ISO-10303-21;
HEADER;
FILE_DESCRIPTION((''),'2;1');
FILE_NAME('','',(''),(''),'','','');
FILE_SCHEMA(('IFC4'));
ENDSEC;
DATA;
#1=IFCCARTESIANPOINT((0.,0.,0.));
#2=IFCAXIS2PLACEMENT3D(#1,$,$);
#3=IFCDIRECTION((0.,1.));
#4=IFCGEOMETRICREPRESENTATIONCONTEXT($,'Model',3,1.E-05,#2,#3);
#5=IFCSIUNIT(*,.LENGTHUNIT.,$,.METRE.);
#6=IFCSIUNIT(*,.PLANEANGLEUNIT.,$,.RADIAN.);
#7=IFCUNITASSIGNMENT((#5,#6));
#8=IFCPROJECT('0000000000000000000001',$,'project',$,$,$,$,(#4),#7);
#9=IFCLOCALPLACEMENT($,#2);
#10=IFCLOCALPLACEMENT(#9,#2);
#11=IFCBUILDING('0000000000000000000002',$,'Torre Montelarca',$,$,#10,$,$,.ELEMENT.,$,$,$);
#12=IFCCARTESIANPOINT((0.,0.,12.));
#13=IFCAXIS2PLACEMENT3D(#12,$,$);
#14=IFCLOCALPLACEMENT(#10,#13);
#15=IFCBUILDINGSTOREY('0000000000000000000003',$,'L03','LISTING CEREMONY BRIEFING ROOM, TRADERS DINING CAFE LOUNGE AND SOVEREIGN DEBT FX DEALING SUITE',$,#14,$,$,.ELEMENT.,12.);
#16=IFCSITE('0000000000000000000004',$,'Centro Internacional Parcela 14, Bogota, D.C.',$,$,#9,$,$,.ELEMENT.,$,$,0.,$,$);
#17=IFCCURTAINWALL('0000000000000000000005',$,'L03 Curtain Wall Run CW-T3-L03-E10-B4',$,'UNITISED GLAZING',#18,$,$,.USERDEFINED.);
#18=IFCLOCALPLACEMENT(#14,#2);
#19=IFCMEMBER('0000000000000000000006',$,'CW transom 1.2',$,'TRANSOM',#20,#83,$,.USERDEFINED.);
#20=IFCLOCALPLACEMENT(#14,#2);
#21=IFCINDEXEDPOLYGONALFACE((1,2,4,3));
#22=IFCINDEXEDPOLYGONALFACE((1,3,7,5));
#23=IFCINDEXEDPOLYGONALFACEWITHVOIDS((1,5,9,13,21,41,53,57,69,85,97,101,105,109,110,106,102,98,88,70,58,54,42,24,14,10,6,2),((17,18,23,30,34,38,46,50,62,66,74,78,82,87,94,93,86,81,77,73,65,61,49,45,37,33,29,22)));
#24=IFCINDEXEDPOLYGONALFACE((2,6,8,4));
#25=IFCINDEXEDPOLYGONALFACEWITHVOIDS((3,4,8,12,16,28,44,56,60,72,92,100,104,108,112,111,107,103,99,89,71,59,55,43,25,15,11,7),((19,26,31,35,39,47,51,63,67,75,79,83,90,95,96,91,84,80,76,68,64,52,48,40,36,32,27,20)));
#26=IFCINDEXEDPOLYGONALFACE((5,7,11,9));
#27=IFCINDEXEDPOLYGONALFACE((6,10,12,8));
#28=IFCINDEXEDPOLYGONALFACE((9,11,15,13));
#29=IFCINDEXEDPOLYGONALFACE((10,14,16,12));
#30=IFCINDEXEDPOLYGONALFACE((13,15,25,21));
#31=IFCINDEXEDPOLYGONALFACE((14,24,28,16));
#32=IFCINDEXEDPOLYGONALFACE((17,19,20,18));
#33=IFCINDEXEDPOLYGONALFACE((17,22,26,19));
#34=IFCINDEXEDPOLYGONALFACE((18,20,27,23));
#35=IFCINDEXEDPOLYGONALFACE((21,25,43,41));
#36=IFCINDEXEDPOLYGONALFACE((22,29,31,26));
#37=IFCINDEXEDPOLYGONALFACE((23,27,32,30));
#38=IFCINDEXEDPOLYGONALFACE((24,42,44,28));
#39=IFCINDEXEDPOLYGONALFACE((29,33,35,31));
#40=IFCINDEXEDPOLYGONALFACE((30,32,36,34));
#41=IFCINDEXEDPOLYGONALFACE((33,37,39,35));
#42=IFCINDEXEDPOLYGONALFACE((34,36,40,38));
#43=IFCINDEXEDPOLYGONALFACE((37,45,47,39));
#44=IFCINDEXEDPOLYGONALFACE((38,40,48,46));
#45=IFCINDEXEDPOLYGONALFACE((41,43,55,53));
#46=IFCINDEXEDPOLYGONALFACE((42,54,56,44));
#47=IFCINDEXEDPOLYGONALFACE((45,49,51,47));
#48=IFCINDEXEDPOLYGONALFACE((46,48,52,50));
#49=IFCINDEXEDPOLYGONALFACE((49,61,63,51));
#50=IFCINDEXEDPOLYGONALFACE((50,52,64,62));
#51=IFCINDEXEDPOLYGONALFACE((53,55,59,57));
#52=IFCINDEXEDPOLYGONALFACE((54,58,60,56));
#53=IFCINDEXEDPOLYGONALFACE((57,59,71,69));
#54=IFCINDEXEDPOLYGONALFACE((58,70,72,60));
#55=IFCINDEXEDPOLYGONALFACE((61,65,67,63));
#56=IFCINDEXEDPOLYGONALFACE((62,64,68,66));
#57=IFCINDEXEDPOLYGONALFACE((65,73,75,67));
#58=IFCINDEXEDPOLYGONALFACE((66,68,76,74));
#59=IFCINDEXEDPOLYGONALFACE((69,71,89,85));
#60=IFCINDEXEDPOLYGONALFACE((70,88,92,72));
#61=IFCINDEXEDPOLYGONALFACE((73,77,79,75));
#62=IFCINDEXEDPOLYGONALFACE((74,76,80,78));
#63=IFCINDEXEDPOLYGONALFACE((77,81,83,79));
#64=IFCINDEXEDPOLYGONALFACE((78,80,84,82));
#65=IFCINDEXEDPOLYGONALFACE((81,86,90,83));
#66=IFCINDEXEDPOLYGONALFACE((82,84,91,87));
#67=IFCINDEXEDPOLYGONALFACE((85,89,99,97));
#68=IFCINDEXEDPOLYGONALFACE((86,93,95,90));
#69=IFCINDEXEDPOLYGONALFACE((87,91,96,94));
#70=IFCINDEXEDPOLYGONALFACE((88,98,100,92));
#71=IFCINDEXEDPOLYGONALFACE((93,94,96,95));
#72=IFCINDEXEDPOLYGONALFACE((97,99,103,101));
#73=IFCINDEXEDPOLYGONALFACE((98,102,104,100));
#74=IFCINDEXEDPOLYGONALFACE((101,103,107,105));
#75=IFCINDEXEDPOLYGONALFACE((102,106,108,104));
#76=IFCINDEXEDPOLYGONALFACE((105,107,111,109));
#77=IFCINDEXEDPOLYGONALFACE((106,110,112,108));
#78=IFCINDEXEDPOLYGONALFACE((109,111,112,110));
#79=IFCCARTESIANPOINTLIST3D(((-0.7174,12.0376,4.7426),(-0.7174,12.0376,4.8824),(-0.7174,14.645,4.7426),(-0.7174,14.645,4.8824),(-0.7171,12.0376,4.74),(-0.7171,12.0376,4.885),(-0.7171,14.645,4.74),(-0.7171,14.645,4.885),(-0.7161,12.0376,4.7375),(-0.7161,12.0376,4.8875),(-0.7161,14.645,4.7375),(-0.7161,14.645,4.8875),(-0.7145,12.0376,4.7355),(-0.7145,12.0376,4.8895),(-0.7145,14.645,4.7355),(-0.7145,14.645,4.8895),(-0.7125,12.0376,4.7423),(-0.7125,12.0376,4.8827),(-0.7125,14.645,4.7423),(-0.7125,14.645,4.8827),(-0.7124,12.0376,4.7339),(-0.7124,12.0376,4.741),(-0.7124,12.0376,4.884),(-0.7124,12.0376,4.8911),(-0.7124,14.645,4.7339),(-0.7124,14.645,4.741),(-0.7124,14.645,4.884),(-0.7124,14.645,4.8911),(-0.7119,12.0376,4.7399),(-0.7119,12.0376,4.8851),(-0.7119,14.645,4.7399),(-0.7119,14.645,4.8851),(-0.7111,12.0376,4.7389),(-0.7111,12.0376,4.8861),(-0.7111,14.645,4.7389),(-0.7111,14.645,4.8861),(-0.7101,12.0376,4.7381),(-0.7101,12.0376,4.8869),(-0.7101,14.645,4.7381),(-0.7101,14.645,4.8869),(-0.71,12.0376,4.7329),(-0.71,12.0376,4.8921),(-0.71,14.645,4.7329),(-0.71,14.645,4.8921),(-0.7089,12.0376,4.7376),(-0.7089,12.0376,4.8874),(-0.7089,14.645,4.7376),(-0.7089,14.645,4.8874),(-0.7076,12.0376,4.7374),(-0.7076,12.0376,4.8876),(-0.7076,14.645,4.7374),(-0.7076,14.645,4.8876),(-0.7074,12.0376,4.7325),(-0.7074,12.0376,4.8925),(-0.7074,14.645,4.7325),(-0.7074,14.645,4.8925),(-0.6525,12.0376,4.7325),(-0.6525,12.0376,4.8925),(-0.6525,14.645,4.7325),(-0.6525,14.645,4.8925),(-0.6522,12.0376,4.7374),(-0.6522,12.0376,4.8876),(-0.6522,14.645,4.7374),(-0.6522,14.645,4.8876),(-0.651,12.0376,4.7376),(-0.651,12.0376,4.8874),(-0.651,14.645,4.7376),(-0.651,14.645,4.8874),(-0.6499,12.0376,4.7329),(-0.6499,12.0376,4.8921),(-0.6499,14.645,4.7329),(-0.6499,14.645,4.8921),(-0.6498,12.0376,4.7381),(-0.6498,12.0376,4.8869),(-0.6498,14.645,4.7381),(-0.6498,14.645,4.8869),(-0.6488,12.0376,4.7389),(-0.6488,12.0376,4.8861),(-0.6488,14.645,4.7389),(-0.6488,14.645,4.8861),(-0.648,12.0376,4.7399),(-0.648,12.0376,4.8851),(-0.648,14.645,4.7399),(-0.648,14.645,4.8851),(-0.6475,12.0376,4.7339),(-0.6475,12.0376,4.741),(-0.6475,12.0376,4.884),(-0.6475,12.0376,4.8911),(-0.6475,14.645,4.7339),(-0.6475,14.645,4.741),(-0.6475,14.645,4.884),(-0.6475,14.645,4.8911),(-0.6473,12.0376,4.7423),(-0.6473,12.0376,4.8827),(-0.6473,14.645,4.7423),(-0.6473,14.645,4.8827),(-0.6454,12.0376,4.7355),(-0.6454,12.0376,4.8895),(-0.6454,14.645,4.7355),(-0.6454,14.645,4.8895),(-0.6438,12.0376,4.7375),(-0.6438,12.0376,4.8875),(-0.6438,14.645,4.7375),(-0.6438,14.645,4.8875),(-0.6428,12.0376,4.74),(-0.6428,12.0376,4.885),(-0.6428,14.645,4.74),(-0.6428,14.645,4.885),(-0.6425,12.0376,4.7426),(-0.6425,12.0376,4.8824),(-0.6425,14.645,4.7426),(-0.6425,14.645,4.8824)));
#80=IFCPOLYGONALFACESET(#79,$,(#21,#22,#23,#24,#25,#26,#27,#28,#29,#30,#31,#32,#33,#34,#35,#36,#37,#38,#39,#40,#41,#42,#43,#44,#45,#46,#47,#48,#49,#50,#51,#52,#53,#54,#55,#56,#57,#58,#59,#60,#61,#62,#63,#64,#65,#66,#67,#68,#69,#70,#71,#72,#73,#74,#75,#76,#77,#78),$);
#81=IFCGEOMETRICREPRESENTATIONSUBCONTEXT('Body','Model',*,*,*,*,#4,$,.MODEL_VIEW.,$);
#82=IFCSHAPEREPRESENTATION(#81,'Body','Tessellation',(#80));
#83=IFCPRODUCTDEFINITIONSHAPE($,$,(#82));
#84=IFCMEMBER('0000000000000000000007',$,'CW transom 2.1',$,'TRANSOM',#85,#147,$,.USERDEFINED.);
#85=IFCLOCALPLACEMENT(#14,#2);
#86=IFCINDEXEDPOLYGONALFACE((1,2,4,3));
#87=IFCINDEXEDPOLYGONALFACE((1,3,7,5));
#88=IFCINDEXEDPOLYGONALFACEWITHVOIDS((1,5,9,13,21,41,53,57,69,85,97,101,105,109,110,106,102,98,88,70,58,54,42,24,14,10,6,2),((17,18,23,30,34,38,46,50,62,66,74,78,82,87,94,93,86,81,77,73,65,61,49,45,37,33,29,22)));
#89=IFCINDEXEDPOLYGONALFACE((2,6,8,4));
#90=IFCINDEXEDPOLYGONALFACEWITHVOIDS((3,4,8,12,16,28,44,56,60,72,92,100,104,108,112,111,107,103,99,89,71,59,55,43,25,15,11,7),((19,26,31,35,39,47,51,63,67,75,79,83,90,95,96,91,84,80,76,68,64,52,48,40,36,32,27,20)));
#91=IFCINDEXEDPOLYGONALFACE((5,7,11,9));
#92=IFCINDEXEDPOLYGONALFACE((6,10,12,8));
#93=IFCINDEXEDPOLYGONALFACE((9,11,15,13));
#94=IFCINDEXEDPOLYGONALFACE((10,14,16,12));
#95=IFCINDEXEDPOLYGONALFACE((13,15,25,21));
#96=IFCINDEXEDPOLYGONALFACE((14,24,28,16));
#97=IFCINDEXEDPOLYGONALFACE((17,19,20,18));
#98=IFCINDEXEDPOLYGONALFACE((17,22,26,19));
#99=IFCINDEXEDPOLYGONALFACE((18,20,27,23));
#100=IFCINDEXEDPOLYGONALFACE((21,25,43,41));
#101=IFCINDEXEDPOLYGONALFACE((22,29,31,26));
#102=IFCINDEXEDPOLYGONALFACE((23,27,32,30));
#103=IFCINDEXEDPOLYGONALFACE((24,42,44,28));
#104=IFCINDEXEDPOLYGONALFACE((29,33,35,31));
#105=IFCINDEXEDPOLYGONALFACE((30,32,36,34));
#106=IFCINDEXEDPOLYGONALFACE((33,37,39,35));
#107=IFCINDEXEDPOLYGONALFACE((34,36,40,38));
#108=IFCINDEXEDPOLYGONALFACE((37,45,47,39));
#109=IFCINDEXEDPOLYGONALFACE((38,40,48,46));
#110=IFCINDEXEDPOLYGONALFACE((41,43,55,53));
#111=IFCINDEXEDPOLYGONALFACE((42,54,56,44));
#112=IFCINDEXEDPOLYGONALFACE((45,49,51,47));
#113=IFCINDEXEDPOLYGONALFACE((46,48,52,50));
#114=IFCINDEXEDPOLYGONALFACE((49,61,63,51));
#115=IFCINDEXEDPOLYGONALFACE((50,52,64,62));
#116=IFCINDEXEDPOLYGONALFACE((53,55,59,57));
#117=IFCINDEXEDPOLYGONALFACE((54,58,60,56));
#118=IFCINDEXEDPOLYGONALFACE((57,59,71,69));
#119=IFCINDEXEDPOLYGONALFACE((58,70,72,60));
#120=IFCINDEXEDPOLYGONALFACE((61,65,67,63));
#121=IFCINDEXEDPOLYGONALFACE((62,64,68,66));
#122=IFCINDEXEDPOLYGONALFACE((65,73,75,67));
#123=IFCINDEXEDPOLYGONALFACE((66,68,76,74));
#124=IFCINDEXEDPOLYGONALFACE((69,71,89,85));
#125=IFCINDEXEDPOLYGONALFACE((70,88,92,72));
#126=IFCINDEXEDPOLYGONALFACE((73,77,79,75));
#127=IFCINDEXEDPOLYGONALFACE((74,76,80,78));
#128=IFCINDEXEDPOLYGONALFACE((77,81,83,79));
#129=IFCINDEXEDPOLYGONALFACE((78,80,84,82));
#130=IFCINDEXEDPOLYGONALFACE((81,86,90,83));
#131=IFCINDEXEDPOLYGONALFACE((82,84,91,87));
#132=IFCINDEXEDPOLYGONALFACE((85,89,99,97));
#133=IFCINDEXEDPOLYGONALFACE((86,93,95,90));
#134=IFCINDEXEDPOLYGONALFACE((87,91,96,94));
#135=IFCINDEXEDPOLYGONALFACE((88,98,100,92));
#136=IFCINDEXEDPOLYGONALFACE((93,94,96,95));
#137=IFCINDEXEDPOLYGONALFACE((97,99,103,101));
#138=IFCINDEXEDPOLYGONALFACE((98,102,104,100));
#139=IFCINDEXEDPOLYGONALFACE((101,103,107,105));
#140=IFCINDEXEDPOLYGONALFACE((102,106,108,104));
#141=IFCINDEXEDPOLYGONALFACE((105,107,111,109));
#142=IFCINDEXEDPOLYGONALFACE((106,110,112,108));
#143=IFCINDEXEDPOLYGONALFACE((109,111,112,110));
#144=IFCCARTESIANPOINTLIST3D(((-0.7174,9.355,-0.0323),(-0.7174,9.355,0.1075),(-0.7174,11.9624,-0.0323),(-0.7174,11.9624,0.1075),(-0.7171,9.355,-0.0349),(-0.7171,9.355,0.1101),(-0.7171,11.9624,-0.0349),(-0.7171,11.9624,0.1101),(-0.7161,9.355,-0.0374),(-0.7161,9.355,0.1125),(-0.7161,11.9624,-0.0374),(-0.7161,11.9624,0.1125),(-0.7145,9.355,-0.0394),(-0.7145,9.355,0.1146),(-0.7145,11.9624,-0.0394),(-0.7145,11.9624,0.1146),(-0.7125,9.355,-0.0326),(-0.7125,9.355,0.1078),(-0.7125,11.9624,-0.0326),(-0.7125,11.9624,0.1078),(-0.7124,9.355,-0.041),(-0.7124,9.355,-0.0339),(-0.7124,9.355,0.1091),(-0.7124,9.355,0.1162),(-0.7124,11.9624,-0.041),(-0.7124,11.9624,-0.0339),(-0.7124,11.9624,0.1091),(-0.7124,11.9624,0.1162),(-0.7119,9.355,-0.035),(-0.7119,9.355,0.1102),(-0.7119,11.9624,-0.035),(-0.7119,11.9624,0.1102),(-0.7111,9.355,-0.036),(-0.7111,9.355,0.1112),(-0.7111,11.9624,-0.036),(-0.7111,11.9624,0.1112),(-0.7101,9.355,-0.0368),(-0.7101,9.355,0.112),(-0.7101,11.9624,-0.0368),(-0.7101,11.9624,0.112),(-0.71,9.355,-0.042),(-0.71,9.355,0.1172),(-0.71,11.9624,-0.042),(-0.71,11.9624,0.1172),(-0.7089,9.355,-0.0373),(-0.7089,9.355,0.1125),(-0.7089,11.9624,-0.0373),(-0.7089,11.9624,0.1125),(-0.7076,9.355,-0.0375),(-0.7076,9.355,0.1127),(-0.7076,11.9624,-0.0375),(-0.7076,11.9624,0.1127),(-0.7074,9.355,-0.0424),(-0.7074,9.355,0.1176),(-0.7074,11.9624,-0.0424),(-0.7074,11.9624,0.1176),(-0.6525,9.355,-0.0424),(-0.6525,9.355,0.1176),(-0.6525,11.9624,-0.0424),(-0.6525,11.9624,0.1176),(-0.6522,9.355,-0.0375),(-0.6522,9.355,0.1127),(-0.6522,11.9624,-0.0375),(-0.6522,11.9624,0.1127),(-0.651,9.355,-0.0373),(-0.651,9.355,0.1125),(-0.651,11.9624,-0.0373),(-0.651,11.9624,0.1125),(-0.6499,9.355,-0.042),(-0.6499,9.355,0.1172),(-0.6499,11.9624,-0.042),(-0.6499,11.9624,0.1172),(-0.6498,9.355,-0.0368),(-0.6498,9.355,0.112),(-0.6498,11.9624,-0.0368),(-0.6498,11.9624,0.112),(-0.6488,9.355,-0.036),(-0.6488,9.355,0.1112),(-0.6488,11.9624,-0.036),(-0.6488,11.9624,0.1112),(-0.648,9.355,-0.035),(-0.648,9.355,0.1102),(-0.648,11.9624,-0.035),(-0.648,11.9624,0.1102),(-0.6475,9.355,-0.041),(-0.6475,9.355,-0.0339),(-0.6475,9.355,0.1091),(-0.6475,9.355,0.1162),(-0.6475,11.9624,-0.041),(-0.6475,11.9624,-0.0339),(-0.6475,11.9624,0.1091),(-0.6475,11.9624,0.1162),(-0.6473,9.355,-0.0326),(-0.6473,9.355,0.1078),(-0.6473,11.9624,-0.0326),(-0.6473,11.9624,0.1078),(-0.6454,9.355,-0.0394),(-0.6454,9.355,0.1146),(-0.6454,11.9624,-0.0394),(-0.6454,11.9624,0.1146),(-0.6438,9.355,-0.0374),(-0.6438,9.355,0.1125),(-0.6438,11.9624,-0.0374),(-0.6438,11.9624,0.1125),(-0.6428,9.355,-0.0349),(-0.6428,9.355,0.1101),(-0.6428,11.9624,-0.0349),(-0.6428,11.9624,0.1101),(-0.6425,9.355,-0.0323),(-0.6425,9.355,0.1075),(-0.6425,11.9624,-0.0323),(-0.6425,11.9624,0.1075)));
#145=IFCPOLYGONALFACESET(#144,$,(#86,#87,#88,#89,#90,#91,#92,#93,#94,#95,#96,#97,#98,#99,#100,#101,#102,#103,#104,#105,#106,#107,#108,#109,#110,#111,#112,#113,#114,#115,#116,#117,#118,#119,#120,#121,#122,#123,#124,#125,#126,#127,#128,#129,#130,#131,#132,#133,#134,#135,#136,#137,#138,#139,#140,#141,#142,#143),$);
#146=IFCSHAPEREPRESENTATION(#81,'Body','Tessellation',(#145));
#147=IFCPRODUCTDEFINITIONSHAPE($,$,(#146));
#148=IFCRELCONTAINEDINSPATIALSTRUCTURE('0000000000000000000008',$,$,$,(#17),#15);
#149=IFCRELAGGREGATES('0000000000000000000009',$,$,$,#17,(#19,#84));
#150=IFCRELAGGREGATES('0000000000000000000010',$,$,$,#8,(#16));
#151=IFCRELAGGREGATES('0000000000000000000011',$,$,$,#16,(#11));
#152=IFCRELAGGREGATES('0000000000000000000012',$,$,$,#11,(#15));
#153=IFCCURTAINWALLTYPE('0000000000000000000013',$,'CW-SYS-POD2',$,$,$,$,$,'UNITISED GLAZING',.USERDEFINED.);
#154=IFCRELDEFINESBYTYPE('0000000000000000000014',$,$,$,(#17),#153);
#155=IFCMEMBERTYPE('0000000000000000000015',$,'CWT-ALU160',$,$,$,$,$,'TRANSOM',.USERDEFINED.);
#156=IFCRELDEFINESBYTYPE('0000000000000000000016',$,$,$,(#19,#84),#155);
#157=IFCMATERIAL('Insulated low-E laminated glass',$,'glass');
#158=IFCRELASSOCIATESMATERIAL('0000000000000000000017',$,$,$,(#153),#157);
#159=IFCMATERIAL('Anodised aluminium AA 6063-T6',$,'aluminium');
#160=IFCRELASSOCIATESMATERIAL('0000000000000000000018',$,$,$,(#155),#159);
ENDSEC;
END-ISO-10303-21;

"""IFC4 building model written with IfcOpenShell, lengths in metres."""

from ifc_helpers import new_model, si_unit, direction, frame, origin, origin_2d, place, context, subcontext, project, spatial, hollow_rectangle, extrude, source, transform, mapped, material, material_profile, profile_set, type_object, element, aggregate, save


model = new_model("IFC4")

# Units and contexts
model_context = context("Model", 3, precision=1e-05, world=origin(), true_north=direction((0.0, 1.0)))
body_context = subcontext(model_context, "Body", "Model", "MODEL_VIEW")
ifc_project = project(units=[si_unit("LENGTHUNIT", "METRE"), si_unit("PLANEANGLEUNIT", "RADIAN")], contexts=[model_context])

# Site, building, storey
site_placement = place(None, origin())
site = spatial("IfcSite", under=ifc_project, at=site_placement, Name="Centro Internacional Parcela 14, Bogota, D.C.", CompositionType="ELEMENT", RefElevation=0.0)
building_placement = place(site_placement, origin())
building = spatial("IfcBuilding", under=site, at=building_placement, Name="Torre Montelarca", CompositionType="ELEMENT")
storey_placement = place(building_placement, frame((0.0, 0.0, 12.0)))
storey = spatial("IfcBuildingStorey", under=building, at=storey_placement, Name="L03", Description="LISTING CEREMONY BRIEFING ROOM, TRADERS DINING CAFE LOUNGE AND SOVEREIGN DEBT FX DEALING SUITE", CompositionType="ELEMENT", Elevation=12.0)

# Curtain wall, members
ifc_material_1 = material(Name="Insulated low-E laminated glass", Category="glass")
curtain_wall_type = type_object("IfcCurtainWallType", Name="CW-SYS-POD2", ElementType="UNITISED GLAZING", PredefinedType="USERDEFINED", material=ifc_material_1)
curtain_wall_placement = place(storey_placement, origin())
curtain_wall = element("IfcCurtainWall", 1, at=curtain_wall_placement, inside=storey, type_object=curtain_wall_type, Name="L03 Curtain Wall Run CW-T3-L03-E10-B4", ObjectType="UNITISED GLAZING", PredefinedType="USERDEFINED")
ifc_material_2 = material(Name="Anodised aluminium AA 6063-T6", Category="aluminium")
ifc_material_profile_1 = material_profile(ifc_material_2, hollow_rectangle(XDim=0.075, YDim=0.1599, WallThickness=0.0049, InnerFilletRadius=0.0049, OuterFilletRadius=0.01, at=origin_2d()), Name="ALU75X160X5", Category="aluminium")
ifc_profile_set_1 = profile_set([ifc_material_profile_1], Name="Anodised aluminium AA 6063-T6")
member_type_1 = type_object("IfcMemberType", Name="CWT-ALU160", ElementType="TRANSOM", PredefinedType="USERDEFINED", material=ifc_profile_set_1)
shared_shape_1 = source(origin(), body_context, "Body", "SweptSolid", [
    extrude(hollow_rectangle(XDim=0.075, YDim=0.1599, WallThickness=0.0049, InnerFilletRadius=0.0049, OuterFilletRadius=0.01, at=origin_2d()), origin(), (0.0, 0.0, 1.0), 2.6074),
])
member_1_placement = place(storey_placement, frame((-0.6799, 14.645, 4.8125), z_axis=(0.0, -1.0, 0.0), x_axis=(1.0, 0.0, 0.0)))
member_1 = element("IfcMember", 2, at=member_1_placement, type_object=member_type_1, Name="CW transom 1.2", ObjectType="TRANSOM", PredefinedType="USERDEFINED", context=body_context, shape_type="MappedRepresentation", body=[
    mapped(shared_shape_1, transform((0.0, 0.0, 0.0), scale=1.0)),
])
member_2_placement = place(storey_placement, frame((-0.6799, 11.9624, 0.0376), z_axis=(0.0, -1.0, 0.0), x_axis=(1.0, 0.0, 0.0)))
member_2 = element("IfcMember", 3, at=member_2_placement, type_object=member_type_1, Name="CW transom 2.1", ObjectType="TRANSOM", PredefinedType="USERDEFINED", context=body_context, shape_type="MappedRepresentation", body=[
    mapped(shared_shape_1, transform((0.0, 0.0, 0.0), scale=1.0)),
])

aggregate(curtain_wall, [member_1, member_2])

save(model, "model.ifc")
